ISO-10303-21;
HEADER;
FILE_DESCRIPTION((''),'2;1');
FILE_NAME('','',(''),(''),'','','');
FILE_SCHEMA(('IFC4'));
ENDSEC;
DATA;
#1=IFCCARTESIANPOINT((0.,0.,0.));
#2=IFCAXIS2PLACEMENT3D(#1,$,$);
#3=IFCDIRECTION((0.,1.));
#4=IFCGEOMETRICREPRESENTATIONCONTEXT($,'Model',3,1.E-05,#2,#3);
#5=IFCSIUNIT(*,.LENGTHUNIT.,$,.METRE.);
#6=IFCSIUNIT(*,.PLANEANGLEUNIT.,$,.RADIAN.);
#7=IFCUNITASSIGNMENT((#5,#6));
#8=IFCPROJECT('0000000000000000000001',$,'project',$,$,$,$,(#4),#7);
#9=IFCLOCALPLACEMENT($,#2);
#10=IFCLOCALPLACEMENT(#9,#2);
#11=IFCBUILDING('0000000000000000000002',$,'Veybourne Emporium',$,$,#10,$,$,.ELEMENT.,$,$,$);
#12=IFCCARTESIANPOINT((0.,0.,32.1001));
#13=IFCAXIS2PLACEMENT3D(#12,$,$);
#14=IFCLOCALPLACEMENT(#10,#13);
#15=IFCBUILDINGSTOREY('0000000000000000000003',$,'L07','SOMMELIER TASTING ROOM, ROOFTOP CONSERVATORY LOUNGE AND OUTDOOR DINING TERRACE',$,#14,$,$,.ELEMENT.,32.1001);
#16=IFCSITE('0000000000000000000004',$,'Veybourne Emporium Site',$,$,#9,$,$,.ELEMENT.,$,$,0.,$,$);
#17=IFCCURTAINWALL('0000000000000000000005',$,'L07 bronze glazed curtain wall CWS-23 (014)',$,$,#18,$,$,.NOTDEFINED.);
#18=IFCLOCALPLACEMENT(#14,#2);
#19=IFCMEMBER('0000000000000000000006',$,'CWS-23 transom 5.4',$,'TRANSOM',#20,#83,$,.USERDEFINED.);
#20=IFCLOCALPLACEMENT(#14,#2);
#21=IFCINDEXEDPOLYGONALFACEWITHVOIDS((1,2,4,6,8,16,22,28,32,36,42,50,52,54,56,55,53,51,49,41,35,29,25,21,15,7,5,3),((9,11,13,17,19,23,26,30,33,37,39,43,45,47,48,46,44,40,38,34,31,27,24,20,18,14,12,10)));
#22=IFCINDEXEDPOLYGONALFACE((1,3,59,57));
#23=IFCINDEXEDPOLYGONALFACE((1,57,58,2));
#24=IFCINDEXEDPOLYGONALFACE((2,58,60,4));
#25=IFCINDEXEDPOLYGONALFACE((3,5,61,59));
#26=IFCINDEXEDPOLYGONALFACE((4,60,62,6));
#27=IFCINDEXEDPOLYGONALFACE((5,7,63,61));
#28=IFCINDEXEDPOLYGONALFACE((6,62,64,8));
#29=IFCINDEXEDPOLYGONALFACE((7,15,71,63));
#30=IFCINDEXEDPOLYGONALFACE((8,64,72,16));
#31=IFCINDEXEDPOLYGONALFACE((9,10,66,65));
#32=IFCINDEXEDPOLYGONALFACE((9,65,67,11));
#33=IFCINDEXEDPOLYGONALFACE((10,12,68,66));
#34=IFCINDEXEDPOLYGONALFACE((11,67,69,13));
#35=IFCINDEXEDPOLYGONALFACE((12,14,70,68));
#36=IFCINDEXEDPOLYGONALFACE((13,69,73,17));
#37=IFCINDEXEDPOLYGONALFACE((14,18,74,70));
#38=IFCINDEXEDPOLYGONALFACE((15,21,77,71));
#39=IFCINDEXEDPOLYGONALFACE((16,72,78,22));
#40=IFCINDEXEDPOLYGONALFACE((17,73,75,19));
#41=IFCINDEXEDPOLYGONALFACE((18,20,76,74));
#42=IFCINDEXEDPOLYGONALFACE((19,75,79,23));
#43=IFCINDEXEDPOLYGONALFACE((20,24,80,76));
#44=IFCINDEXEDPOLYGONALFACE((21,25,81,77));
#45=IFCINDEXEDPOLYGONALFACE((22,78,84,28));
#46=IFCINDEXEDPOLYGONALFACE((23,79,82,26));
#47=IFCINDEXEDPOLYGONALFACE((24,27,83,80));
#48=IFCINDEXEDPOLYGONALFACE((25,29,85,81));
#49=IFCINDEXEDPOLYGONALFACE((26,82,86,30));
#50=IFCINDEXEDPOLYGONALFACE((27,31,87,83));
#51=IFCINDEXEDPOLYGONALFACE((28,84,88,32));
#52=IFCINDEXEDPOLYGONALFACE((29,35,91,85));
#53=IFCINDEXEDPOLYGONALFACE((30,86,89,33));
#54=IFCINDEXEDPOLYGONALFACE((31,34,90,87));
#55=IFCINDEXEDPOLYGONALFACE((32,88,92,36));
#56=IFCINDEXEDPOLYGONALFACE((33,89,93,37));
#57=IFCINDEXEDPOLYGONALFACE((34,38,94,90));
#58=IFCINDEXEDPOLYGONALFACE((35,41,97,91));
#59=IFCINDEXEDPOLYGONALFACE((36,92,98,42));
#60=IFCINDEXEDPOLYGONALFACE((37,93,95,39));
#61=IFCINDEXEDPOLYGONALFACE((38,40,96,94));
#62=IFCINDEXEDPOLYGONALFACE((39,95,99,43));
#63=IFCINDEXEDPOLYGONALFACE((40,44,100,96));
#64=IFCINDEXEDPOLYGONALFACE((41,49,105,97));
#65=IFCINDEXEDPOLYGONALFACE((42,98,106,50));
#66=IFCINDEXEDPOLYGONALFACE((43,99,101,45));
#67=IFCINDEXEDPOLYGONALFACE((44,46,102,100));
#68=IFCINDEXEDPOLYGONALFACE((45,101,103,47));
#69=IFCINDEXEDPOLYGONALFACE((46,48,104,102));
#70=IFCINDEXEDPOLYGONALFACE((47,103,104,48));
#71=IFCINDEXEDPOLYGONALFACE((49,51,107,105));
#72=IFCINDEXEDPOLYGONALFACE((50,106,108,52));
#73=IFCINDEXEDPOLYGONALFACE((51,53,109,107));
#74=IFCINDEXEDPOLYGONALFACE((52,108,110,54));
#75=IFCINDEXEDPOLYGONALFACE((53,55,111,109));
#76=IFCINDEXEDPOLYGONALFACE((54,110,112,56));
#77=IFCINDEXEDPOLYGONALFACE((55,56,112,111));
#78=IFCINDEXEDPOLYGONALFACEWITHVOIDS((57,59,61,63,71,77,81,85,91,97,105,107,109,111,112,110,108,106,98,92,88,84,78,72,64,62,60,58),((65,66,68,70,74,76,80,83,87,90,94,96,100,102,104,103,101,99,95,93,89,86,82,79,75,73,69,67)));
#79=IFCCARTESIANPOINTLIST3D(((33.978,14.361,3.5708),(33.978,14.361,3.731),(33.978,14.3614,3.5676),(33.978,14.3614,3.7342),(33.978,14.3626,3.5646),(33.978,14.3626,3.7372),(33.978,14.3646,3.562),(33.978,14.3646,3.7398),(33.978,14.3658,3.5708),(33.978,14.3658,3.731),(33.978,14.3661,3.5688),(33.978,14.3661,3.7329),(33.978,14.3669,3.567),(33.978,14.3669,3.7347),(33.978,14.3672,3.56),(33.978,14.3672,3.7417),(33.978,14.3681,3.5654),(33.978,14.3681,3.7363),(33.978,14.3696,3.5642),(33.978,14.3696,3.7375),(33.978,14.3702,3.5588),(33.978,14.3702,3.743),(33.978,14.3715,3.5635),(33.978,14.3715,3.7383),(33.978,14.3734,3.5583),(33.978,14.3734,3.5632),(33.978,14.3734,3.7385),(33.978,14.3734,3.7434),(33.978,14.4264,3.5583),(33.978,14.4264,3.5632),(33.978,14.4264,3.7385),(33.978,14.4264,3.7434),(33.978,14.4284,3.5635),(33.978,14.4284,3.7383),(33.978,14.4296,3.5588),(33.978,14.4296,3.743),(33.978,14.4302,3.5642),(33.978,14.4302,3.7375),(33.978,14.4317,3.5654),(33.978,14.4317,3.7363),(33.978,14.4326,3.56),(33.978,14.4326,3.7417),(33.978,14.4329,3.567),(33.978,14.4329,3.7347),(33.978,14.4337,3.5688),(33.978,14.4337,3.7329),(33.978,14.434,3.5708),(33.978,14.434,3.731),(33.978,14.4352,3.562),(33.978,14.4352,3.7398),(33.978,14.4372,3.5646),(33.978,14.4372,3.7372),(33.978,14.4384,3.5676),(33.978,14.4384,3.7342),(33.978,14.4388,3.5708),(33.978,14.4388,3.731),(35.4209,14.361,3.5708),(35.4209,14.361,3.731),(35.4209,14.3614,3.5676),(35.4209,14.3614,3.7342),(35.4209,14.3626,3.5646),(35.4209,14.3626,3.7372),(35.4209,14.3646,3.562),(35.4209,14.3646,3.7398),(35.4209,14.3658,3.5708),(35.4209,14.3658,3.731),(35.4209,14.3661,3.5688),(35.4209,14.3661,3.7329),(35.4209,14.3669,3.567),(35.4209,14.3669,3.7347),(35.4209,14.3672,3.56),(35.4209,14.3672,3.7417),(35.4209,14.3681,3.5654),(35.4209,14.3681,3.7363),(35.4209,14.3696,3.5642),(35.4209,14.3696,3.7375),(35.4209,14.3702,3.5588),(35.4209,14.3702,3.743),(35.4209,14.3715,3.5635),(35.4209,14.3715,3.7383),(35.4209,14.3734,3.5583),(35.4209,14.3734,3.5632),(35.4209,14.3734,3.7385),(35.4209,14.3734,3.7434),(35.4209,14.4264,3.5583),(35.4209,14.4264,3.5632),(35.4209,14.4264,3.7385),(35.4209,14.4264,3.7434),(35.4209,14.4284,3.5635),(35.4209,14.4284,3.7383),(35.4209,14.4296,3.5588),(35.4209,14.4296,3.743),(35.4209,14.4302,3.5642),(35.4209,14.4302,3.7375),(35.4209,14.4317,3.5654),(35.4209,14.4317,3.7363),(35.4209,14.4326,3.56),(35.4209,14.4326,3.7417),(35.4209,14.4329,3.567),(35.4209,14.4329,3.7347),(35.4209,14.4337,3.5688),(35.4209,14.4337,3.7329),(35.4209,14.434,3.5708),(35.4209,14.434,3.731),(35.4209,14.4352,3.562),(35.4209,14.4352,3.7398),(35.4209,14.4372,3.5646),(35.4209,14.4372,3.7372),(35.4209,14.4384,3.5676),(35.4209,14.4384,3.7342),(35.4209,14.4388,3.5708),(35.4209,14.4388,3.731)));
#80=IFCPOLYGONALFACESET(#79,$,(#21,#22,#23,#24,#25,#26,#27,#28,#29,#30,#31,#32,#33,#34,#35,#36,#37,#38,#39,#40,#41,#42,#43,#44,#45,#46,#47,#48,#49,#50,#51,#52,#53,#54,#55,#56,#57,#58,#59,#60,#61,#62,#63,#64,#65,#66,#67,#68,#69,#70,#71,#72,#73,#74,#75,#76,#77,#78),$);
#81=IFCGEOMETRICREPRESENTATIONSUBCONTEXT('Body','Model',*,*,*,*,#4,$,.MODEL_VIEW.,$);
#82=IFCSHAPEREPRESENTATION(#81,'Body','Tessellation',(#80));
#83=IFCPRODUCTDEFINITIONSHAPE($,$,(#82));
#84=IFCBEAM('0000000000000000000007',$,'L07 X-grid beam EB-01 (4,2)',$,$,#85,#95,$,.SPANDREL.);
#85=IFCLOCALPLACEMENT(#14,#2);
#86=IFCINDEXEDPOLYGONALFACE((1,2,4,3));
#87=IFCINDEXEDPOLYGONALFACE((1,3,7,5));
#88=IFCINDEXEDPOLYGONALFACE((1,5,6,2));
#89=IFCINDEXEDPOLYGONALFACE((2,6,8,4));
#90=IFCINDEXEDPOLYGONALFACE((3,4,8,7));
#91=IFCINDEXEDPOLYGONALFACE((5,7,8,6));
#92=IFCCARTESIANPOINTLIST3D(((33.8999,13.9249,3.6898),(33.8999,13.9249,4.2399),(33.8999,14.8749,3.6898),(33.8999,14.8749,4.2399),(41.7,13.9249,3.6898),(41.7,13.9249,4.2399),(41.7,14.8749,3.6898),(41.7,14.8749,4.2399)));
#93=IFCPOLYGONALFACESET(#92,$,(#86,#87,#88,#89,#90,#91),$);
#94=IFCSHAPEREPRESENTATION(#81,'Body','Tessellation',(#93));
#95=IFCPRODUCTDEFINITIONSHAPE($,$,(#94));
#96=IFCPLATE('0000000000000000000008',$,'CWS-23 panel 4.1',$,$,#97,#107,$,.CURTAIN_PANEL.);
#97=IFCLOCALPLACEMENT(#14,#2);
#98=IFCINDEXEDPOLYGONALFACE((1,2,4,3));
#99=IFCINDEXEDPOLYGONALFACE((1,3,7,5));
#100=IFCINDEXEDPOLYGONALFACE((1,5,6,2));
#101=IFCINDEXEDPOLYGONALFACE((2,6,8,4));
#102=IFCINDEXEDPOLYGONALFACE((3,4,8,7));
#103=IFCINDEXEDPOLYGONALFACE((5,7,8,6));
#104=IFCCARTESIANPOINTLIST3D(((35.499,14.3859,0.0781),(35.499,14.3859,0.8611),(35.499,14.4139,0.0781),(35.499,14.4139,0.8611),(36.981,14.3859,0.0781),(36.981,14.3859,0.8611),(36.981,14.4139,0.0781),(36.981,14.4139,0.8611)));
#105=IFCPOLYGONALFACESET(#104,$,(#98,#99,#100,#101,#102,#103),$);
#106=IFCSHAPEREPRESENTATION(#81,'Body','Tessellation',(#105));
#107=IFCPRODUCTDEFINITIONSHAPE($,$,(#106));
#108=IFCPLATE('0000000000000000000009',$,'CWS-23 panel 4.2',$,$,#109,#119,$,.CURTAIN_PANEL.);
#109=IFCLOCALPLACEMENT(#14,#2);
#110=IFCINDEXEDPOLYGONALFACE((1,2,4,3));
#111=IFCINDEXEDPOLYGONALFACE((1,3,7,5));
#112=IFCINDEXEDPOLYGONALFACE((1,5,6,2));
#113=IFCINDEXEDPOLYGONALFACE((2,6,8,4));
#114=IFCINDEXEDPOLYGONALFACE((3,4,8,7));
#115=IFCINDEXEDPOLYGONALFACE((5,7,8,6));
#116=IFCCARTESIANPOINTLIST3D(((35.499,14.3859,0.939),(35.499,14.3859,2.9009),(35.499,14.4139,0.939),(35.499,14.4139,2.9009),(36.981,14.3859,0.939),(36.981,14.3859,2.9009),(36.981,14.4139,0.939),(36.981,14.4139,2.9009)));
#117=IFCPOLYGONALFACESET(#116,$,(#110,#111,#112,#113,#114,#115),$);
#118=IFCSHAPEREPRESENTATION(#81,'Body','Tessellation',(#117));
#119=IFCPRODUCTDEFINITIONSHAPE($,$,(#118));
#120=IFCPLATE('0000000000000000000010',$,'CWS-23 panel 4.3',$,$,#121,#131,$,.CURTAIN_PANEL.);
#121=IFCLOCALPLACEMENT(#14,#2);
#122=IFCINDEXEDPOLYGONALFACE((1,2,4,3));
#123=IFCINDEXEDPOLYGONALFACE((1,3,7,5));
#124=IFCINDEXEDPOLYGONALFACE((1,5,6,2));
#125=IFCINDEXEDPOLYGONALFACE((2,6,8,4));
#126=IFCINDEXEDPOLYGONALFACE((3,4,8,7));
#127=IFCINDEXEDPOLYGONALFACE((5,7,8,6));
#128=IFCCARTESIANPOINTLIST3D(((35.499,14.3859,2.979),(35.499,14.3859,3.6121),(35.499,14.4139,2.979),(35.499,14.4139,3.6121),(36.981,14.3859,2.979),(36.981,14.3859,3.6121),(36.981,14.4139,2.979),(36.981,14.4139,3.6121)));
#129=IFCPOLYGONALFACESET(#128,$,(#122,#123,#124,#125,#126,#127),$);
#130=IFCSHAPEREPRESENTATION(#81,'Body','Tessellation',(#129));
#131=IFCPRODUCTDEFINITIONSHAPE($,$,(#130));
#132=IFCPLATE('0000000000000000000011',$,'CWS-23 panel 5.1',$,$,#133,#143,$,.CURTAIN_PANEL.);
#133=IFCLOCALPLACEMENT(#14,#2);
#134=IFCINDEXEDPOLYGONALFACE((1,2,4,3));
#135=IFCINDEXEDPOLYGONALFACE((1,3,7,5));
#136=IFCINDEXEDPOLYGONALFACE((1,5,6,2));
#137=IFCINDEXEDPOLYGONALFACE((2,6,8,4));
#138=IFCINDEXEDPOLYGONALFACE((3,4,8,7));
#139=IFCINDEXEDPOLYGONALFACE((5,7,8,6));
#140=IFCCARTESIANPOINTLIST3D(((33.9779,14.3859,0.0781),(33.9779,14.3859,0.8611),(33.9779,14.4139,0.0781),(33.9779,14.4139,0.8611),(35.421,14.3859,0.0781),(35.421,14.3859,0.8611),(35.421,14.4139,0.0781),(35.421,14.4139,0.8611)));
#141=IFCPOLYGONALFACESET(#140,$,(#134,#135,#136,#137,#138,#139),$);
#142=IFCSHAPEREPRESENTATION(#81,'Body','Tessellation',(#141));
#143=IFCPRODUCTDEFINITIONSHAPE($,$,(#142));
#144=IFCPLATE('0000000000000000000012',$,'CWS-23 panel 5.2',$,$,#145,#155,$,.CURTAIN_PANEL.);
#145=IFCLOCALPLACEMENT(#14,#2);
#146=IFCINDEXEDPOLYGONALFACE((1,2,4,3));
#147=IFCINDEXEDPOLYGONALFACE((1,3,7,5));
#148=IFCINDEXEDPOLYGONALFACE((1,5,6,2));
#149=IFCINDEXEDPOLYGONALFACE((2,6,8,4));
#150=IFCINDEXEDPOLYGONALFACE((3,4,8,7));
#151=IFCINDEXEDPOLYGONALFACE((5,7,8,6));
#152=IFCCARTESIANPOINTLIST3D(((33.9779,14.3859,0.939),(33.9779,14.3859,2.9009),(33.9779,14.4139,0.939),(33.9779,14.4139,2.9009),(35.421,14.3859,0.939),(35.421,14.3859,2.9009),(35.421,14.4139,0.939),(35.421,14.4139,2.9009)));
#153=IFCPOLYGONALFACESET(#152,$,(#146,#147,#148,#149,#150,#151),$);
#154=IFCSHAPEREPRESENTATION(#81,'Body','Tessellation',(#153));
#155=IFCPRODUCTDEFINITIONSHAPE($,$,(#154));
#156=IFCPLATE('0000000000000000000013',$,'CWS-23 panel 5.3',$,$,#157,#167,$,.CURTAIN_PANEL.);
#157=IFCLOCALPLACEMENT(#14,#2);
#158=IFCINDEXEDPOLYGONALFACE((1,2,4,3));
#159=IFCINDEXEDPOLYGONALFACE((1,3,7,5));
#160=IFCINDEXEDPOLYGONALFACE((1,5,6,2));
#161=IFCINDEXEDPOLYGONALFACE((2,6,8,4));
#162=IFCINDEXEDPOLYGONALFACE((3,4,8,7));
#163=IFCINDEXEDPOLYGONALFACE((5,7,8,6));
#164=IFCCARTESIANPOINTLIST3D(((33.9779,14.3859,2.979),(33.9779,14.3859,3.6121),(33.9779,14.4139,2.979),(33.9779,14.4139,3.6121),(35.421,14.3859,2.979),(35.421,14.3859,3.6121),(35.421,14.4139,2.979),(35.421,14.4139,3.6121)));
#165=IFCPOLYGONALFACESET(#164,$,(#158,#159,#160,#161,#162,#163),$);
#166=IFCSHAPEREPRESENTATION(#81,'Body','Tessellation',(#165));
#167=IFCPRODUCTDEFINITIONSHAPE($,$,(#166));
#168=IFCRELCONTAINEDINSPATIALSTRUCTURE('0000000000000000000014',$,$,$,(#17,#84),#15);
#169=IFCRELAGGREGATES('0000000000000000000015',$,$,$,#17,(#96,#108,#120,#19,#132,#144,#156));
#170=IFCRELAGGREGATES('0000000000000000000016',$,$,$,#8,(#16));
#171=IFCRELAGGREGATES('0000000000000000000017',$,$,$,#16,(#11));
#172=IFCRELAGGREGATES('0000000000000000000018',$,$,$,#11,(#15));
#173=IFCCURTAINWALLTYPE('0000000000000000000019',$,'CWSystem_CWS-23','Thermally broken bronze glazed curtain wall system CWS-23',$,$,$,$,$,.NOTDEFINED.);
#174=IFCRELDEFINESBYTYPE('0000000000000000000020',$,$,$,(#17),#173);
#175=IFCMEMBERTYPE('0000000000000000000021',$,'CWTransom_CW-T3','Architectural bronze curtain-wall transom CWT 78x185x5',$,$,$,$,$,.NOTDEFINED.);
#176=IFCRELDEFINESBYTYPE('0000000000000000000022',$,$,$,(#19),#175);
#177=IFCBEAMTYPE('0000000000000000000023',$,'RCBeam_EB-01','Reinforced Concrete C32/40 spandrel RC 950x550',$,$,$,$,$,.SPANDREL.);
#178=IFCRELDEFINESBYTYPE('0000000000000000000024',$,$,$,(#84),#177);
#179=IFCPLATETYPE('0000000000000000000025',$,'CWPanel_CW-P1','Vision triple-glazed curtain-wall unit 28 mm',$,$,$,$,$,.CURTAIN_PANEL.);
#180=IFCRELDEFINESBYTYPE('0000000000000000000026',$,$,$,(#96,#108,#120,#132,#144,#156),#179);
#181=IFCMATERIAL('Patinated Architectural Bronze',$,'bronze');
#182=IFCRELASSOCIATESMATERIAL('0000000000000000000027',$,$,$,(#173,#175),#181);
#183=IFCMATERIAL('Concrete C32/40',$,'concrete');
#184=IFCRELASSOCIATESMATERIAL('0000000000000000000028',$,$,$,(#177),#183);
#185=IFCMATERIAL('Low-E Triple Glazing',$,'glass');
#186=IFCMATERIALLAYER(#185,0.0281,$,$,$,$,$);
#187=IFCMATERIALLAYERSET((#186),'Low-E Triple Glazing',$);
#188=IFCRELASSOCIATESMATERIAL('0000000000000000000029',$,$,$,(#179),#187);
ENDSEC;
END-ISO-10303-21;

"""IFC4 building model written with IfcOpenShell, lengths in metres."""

from ifc_helpers import new_model, si_unit, direction, frame, origin, origin_2d, place, context, subcontext, project, spatial, rectangle, hollow_rectangle, extrude, material, layer, layer_set, material_profile, profile_set, type_object, element, aggregate, save


model = new_model("IFC4")

# Units and contexts
model_context = context("Model", 3, precision=1e-05, world=origin(), true_north=direction((0.0, 1.0)))
body_context = subcontext(model_context, "Body", "Model", "MODEL_VIEW")
ifc_project = project(units=[si_unit("LENGTHUNIT", "METRE"), si_unit("PLANEANGLEUNIT", "RADIAN")], contexts=[model_context])

# Site, building, storey
site_placement = place(None, origin())
site = spatial("IfcSite", under=ifc_project, at=site_placement, Name="Veybourne Emporium Site", CompositionType="ELEMENT", RefElevation=0.0)
building_placement = place(site_placement, origin())
building = spatial("IfcBuilding", under=site, at=building_placement, Name="Veybourne Emporium", CompositionType="ELEMENT")
storey_placement = place(building_placement, frame((0.0, 0.0, 32.1001)))
storey = spatial("IfcBuildingStorey", under=building, at=storey_placement, Name="L07", Description="SOMMELIER TASTING ROOM, ROOFTOP CONSERVATORY LOUNGE AND OUTDOOR DINING TERRACE", CompositionType="ELEMENT", Elevation=32.1001)

# Curtain wall, member
ifc_material_1 = material(Name="Patinated Architectural Bronze", Category="bronze")
curtain_wall_type = type_object("IfcCurtainWallType", Name="CWSystem_CWS-23", Description="Thermally broken bronze glazed curtain wall system CWS-23", PredefinedType="NOTDEFINED", material=ifc_material_1)
curtain_wall_placement = place(storey_placement, origin())
curtain_wall = element("IfcCurtainWall", 1, at=curtain_wall_placement, inside=storey, type_object=curtain_wall_type, Name="L07 bronze glazed curtain wall CWS-23 (014)", PredefinedType="NOTDEFINED")
ifc_material_profile_1 = material_profile(ifc_material_1, hollow_rectangle(XDim=0.0779, YDim=0.1851, WallThickness=0.0049, InnerFilletRadius=0.0076, OuterFilletRadius=0.0125, at=origin_2d()), Name="CWT 78x185x5")
ifc_profile_set_1 = profile_set([ifc_material_profile_1], Name="Patinated Architectural Bronze")
member_type_1 = type_object("IfcMemberType", Name="CWTransom_CW-T3", Description="Architectural bronze curtain-wall transom CWT 78x185x5", PredefinedType="NOTDEFINED", material=ifc_profile_set_1)
member_1_placement = place(storey_placement, frame((35.4209, 14.3999, 3.6509), z_axis=(-1.0, 0.0, 0.0), x_axis=(0.0, -1.0, 0.0)))
member_1 = element("IfcMember", 2, at=member_1_placement, type_object=member_type_1, Name="CWS-23 transom 5.4", ObjectType="TRANSOM", PredefinedType="USERDEFINED", context=body_context, shape_type="SweptSolid", body=[
    extrude(hollow_rectangle(XDim=0.0779, YDim=0.1851, WallThickness=0.0049, InnerFilletRadius=0.0076, OuterFilletRadius=0.0125, at=origin_2d()), origin(), (0.0, 0.0, 1.0), 1.4429),
])

# Beam
ifc_material_2 = material(Name="Concrete C32/40", Category="concrete")
ifc_material_profile_2 = material_profile(ifc_material_2, rectangle(XDim=0.95, YDim=0.55, at=origin_2d()), Name="RC 950x550")
ifc_profile_set_2 = profile_set([ifc_material_profile_2], Name="Concrete C32/40")
beam_type = type_object("IfcBeamType", Name="RCBeam_EB-01", Description="Reinforced Concrete C32/40 spandrel RC 950x550", PredefinedType="SPANDREL", material=ifc_profile_set_2)
beam_placement = place(storey_placement, frame((33.8999, 14.3999, 3.9648), z_axis=(1.0, 0.0, 0.0), x_axis=(0.0, 1.0, 0.0)))
element("IfcBeam", 3, at=beam_placement, inside=storey, type_object=beam_type, Name="L07 X-grid beam EB-01 (4,2)", PredefinedType="SPANDREL", context=body_context, shape_type="SweptSolid", body=[
    extrude(rectangle(XDim=0.95, YDim=0.55, at=origin_2d()), origin(), (0.0, 0.0, 1.0), 7.8),
])

# Plates
ifc_material_3 = material(Name="Low-E Triple Glazing", Category="glass")
ifc_layer_1 = layer(ifc_material_3, 0.0281)
ifc_layer_set_1 = layer_set([ifc_layer_1], Name="Low-E Triple Glazing")
plate_type = type_object("IfcPlateType", Name="CWPanel_CW-P1", Description="Vision triple-glazed curtain-wall unit 28 mm", PredefinedType="CURTAIN_PANEL", material=ifc_layer_set_1)
plate_1_placement = place(storey_placement, frame((36.24, 14.3999, 0.0781), z_axis=(0.0, 0.0, 1.0), x_axis=(-1.0, 0.0, 0.0)))
plate_1 = element("IfcPlate", 4, at=plate_1_placement, type_object=plate_type, Name="CWS-23 panel 4.1", PredefinedType="CURTAIN_PANEL", context=body_context, shape_type="SweptSolid", body=[
    extrude(rectangle(XDim=1.4819, YDim=0.0281, at=origin_2d()), origin(), (0.0, 0.0, 1.0), 0.783),
])
plate_2_placement = place(storey_placement, frame((36.24, 14.3999, 0.939), z_axis=(0.0, 0.0, 1.0), x_axis=(-1.0, 0.0, 0.0)))
plate_2 = element("IfcPlate", 5, at=plate_2_placement, type_object=plate_type, Name="CWS-23 panel 4.2", PredefinedType="CURTAIN_PANEL", context=body_context, shape_type="SweptSolid", body=[
    extrude(rectangle(XDim=1.4819, YDim=0.0281, at=origin_2d()), origin(), (0.0, 0.0, 1.0), 1.9619),
])
plate_3_placement = place(storey_placement, frame((36.24, 14.3999, 2.979), z_axis=(0.0, 0.0, 1.0), x_axis=(-1.0, 0.0, 0.0)))
plate_3 = element("IfcPlate", 6, at=plate_3_placement, type_object=plate_type, Name="CWS-23 panel 4.3", PredefinedType="CURTAIN_PANEL", context=body_context, shape_type="SweptSolid", body=[
    extrude(rectangle(XDim=1.4819, YDim=0.0281, at=origin_2d()), origin(), (0.0, 0.0, 1.0), 0.6331),
])
plate_4_placement = place(storey_placement, frame((34.6995, 14.3999, 0.0781), z_axis=(0.0, 0.0, 1.0), x_axis=(-1.0, 0.0, 0.0)))
plate_4 = element("IfcPlate", 7, at=plate_4_placement, type_object=plate_type, Name="CWS-23 panel 5.1", PredefinedType="CURTAIN_PANEL", context=body_context, shape_type="SweptSolid", body=[
    extrude(rectangle(XDim=1.4431, YDim=0.0281, at=origin_2d()), origin(), (0.0, 0.0, 1.0), 0.783),
])
plate_5_placement = place(storey_placement, frame((34.6995, 14.3999, 0.939), z_axis=(0.0, 0.0, 1.0), x_axis=(-1.0, 0.0, 0.0)))
plate_5 = element("IfcPlate", 8, at=plate_5_placement, type_object=plate_type, Name="CWS-23 panel 5.2", PredefinedType="CURTAIN_PANEL", context=body_context, shape_type="SweptSolid", body=[
    extrude(rectangle(XDim=1.4431, YDim=0.0281, at=origin_2d()), origin(), (0.0, 0.0, 1.0), 1.9619),
])
plate_6_placement = place(storey_placement, frame((34.6995, 14.3999, 2.979), z_axis=(0.0, 0.0, 1.0), x_axis=(-1.0, 0.0, 0.0)))
plate_6 = element("IfcPlate", 9, at=plate_6_placement, type_object=plate_type, Name="CWS-23 panel 5.3", PredefinedType="CURTAIN_PANEL", context=body_context, shape_type="SweptSolid", body=[
    extrude(rectangle(XDim=1.4431, YDim=0.0281, at=origin_2d()), origin(), (0.0, 0.0, 1.0), 0.6331),
])
aggregate(curtain_wall, [plate_1, plate_2, plate_3, member_1, plate_4, plate_5, plate_6])

save(model, "model.ifc")
